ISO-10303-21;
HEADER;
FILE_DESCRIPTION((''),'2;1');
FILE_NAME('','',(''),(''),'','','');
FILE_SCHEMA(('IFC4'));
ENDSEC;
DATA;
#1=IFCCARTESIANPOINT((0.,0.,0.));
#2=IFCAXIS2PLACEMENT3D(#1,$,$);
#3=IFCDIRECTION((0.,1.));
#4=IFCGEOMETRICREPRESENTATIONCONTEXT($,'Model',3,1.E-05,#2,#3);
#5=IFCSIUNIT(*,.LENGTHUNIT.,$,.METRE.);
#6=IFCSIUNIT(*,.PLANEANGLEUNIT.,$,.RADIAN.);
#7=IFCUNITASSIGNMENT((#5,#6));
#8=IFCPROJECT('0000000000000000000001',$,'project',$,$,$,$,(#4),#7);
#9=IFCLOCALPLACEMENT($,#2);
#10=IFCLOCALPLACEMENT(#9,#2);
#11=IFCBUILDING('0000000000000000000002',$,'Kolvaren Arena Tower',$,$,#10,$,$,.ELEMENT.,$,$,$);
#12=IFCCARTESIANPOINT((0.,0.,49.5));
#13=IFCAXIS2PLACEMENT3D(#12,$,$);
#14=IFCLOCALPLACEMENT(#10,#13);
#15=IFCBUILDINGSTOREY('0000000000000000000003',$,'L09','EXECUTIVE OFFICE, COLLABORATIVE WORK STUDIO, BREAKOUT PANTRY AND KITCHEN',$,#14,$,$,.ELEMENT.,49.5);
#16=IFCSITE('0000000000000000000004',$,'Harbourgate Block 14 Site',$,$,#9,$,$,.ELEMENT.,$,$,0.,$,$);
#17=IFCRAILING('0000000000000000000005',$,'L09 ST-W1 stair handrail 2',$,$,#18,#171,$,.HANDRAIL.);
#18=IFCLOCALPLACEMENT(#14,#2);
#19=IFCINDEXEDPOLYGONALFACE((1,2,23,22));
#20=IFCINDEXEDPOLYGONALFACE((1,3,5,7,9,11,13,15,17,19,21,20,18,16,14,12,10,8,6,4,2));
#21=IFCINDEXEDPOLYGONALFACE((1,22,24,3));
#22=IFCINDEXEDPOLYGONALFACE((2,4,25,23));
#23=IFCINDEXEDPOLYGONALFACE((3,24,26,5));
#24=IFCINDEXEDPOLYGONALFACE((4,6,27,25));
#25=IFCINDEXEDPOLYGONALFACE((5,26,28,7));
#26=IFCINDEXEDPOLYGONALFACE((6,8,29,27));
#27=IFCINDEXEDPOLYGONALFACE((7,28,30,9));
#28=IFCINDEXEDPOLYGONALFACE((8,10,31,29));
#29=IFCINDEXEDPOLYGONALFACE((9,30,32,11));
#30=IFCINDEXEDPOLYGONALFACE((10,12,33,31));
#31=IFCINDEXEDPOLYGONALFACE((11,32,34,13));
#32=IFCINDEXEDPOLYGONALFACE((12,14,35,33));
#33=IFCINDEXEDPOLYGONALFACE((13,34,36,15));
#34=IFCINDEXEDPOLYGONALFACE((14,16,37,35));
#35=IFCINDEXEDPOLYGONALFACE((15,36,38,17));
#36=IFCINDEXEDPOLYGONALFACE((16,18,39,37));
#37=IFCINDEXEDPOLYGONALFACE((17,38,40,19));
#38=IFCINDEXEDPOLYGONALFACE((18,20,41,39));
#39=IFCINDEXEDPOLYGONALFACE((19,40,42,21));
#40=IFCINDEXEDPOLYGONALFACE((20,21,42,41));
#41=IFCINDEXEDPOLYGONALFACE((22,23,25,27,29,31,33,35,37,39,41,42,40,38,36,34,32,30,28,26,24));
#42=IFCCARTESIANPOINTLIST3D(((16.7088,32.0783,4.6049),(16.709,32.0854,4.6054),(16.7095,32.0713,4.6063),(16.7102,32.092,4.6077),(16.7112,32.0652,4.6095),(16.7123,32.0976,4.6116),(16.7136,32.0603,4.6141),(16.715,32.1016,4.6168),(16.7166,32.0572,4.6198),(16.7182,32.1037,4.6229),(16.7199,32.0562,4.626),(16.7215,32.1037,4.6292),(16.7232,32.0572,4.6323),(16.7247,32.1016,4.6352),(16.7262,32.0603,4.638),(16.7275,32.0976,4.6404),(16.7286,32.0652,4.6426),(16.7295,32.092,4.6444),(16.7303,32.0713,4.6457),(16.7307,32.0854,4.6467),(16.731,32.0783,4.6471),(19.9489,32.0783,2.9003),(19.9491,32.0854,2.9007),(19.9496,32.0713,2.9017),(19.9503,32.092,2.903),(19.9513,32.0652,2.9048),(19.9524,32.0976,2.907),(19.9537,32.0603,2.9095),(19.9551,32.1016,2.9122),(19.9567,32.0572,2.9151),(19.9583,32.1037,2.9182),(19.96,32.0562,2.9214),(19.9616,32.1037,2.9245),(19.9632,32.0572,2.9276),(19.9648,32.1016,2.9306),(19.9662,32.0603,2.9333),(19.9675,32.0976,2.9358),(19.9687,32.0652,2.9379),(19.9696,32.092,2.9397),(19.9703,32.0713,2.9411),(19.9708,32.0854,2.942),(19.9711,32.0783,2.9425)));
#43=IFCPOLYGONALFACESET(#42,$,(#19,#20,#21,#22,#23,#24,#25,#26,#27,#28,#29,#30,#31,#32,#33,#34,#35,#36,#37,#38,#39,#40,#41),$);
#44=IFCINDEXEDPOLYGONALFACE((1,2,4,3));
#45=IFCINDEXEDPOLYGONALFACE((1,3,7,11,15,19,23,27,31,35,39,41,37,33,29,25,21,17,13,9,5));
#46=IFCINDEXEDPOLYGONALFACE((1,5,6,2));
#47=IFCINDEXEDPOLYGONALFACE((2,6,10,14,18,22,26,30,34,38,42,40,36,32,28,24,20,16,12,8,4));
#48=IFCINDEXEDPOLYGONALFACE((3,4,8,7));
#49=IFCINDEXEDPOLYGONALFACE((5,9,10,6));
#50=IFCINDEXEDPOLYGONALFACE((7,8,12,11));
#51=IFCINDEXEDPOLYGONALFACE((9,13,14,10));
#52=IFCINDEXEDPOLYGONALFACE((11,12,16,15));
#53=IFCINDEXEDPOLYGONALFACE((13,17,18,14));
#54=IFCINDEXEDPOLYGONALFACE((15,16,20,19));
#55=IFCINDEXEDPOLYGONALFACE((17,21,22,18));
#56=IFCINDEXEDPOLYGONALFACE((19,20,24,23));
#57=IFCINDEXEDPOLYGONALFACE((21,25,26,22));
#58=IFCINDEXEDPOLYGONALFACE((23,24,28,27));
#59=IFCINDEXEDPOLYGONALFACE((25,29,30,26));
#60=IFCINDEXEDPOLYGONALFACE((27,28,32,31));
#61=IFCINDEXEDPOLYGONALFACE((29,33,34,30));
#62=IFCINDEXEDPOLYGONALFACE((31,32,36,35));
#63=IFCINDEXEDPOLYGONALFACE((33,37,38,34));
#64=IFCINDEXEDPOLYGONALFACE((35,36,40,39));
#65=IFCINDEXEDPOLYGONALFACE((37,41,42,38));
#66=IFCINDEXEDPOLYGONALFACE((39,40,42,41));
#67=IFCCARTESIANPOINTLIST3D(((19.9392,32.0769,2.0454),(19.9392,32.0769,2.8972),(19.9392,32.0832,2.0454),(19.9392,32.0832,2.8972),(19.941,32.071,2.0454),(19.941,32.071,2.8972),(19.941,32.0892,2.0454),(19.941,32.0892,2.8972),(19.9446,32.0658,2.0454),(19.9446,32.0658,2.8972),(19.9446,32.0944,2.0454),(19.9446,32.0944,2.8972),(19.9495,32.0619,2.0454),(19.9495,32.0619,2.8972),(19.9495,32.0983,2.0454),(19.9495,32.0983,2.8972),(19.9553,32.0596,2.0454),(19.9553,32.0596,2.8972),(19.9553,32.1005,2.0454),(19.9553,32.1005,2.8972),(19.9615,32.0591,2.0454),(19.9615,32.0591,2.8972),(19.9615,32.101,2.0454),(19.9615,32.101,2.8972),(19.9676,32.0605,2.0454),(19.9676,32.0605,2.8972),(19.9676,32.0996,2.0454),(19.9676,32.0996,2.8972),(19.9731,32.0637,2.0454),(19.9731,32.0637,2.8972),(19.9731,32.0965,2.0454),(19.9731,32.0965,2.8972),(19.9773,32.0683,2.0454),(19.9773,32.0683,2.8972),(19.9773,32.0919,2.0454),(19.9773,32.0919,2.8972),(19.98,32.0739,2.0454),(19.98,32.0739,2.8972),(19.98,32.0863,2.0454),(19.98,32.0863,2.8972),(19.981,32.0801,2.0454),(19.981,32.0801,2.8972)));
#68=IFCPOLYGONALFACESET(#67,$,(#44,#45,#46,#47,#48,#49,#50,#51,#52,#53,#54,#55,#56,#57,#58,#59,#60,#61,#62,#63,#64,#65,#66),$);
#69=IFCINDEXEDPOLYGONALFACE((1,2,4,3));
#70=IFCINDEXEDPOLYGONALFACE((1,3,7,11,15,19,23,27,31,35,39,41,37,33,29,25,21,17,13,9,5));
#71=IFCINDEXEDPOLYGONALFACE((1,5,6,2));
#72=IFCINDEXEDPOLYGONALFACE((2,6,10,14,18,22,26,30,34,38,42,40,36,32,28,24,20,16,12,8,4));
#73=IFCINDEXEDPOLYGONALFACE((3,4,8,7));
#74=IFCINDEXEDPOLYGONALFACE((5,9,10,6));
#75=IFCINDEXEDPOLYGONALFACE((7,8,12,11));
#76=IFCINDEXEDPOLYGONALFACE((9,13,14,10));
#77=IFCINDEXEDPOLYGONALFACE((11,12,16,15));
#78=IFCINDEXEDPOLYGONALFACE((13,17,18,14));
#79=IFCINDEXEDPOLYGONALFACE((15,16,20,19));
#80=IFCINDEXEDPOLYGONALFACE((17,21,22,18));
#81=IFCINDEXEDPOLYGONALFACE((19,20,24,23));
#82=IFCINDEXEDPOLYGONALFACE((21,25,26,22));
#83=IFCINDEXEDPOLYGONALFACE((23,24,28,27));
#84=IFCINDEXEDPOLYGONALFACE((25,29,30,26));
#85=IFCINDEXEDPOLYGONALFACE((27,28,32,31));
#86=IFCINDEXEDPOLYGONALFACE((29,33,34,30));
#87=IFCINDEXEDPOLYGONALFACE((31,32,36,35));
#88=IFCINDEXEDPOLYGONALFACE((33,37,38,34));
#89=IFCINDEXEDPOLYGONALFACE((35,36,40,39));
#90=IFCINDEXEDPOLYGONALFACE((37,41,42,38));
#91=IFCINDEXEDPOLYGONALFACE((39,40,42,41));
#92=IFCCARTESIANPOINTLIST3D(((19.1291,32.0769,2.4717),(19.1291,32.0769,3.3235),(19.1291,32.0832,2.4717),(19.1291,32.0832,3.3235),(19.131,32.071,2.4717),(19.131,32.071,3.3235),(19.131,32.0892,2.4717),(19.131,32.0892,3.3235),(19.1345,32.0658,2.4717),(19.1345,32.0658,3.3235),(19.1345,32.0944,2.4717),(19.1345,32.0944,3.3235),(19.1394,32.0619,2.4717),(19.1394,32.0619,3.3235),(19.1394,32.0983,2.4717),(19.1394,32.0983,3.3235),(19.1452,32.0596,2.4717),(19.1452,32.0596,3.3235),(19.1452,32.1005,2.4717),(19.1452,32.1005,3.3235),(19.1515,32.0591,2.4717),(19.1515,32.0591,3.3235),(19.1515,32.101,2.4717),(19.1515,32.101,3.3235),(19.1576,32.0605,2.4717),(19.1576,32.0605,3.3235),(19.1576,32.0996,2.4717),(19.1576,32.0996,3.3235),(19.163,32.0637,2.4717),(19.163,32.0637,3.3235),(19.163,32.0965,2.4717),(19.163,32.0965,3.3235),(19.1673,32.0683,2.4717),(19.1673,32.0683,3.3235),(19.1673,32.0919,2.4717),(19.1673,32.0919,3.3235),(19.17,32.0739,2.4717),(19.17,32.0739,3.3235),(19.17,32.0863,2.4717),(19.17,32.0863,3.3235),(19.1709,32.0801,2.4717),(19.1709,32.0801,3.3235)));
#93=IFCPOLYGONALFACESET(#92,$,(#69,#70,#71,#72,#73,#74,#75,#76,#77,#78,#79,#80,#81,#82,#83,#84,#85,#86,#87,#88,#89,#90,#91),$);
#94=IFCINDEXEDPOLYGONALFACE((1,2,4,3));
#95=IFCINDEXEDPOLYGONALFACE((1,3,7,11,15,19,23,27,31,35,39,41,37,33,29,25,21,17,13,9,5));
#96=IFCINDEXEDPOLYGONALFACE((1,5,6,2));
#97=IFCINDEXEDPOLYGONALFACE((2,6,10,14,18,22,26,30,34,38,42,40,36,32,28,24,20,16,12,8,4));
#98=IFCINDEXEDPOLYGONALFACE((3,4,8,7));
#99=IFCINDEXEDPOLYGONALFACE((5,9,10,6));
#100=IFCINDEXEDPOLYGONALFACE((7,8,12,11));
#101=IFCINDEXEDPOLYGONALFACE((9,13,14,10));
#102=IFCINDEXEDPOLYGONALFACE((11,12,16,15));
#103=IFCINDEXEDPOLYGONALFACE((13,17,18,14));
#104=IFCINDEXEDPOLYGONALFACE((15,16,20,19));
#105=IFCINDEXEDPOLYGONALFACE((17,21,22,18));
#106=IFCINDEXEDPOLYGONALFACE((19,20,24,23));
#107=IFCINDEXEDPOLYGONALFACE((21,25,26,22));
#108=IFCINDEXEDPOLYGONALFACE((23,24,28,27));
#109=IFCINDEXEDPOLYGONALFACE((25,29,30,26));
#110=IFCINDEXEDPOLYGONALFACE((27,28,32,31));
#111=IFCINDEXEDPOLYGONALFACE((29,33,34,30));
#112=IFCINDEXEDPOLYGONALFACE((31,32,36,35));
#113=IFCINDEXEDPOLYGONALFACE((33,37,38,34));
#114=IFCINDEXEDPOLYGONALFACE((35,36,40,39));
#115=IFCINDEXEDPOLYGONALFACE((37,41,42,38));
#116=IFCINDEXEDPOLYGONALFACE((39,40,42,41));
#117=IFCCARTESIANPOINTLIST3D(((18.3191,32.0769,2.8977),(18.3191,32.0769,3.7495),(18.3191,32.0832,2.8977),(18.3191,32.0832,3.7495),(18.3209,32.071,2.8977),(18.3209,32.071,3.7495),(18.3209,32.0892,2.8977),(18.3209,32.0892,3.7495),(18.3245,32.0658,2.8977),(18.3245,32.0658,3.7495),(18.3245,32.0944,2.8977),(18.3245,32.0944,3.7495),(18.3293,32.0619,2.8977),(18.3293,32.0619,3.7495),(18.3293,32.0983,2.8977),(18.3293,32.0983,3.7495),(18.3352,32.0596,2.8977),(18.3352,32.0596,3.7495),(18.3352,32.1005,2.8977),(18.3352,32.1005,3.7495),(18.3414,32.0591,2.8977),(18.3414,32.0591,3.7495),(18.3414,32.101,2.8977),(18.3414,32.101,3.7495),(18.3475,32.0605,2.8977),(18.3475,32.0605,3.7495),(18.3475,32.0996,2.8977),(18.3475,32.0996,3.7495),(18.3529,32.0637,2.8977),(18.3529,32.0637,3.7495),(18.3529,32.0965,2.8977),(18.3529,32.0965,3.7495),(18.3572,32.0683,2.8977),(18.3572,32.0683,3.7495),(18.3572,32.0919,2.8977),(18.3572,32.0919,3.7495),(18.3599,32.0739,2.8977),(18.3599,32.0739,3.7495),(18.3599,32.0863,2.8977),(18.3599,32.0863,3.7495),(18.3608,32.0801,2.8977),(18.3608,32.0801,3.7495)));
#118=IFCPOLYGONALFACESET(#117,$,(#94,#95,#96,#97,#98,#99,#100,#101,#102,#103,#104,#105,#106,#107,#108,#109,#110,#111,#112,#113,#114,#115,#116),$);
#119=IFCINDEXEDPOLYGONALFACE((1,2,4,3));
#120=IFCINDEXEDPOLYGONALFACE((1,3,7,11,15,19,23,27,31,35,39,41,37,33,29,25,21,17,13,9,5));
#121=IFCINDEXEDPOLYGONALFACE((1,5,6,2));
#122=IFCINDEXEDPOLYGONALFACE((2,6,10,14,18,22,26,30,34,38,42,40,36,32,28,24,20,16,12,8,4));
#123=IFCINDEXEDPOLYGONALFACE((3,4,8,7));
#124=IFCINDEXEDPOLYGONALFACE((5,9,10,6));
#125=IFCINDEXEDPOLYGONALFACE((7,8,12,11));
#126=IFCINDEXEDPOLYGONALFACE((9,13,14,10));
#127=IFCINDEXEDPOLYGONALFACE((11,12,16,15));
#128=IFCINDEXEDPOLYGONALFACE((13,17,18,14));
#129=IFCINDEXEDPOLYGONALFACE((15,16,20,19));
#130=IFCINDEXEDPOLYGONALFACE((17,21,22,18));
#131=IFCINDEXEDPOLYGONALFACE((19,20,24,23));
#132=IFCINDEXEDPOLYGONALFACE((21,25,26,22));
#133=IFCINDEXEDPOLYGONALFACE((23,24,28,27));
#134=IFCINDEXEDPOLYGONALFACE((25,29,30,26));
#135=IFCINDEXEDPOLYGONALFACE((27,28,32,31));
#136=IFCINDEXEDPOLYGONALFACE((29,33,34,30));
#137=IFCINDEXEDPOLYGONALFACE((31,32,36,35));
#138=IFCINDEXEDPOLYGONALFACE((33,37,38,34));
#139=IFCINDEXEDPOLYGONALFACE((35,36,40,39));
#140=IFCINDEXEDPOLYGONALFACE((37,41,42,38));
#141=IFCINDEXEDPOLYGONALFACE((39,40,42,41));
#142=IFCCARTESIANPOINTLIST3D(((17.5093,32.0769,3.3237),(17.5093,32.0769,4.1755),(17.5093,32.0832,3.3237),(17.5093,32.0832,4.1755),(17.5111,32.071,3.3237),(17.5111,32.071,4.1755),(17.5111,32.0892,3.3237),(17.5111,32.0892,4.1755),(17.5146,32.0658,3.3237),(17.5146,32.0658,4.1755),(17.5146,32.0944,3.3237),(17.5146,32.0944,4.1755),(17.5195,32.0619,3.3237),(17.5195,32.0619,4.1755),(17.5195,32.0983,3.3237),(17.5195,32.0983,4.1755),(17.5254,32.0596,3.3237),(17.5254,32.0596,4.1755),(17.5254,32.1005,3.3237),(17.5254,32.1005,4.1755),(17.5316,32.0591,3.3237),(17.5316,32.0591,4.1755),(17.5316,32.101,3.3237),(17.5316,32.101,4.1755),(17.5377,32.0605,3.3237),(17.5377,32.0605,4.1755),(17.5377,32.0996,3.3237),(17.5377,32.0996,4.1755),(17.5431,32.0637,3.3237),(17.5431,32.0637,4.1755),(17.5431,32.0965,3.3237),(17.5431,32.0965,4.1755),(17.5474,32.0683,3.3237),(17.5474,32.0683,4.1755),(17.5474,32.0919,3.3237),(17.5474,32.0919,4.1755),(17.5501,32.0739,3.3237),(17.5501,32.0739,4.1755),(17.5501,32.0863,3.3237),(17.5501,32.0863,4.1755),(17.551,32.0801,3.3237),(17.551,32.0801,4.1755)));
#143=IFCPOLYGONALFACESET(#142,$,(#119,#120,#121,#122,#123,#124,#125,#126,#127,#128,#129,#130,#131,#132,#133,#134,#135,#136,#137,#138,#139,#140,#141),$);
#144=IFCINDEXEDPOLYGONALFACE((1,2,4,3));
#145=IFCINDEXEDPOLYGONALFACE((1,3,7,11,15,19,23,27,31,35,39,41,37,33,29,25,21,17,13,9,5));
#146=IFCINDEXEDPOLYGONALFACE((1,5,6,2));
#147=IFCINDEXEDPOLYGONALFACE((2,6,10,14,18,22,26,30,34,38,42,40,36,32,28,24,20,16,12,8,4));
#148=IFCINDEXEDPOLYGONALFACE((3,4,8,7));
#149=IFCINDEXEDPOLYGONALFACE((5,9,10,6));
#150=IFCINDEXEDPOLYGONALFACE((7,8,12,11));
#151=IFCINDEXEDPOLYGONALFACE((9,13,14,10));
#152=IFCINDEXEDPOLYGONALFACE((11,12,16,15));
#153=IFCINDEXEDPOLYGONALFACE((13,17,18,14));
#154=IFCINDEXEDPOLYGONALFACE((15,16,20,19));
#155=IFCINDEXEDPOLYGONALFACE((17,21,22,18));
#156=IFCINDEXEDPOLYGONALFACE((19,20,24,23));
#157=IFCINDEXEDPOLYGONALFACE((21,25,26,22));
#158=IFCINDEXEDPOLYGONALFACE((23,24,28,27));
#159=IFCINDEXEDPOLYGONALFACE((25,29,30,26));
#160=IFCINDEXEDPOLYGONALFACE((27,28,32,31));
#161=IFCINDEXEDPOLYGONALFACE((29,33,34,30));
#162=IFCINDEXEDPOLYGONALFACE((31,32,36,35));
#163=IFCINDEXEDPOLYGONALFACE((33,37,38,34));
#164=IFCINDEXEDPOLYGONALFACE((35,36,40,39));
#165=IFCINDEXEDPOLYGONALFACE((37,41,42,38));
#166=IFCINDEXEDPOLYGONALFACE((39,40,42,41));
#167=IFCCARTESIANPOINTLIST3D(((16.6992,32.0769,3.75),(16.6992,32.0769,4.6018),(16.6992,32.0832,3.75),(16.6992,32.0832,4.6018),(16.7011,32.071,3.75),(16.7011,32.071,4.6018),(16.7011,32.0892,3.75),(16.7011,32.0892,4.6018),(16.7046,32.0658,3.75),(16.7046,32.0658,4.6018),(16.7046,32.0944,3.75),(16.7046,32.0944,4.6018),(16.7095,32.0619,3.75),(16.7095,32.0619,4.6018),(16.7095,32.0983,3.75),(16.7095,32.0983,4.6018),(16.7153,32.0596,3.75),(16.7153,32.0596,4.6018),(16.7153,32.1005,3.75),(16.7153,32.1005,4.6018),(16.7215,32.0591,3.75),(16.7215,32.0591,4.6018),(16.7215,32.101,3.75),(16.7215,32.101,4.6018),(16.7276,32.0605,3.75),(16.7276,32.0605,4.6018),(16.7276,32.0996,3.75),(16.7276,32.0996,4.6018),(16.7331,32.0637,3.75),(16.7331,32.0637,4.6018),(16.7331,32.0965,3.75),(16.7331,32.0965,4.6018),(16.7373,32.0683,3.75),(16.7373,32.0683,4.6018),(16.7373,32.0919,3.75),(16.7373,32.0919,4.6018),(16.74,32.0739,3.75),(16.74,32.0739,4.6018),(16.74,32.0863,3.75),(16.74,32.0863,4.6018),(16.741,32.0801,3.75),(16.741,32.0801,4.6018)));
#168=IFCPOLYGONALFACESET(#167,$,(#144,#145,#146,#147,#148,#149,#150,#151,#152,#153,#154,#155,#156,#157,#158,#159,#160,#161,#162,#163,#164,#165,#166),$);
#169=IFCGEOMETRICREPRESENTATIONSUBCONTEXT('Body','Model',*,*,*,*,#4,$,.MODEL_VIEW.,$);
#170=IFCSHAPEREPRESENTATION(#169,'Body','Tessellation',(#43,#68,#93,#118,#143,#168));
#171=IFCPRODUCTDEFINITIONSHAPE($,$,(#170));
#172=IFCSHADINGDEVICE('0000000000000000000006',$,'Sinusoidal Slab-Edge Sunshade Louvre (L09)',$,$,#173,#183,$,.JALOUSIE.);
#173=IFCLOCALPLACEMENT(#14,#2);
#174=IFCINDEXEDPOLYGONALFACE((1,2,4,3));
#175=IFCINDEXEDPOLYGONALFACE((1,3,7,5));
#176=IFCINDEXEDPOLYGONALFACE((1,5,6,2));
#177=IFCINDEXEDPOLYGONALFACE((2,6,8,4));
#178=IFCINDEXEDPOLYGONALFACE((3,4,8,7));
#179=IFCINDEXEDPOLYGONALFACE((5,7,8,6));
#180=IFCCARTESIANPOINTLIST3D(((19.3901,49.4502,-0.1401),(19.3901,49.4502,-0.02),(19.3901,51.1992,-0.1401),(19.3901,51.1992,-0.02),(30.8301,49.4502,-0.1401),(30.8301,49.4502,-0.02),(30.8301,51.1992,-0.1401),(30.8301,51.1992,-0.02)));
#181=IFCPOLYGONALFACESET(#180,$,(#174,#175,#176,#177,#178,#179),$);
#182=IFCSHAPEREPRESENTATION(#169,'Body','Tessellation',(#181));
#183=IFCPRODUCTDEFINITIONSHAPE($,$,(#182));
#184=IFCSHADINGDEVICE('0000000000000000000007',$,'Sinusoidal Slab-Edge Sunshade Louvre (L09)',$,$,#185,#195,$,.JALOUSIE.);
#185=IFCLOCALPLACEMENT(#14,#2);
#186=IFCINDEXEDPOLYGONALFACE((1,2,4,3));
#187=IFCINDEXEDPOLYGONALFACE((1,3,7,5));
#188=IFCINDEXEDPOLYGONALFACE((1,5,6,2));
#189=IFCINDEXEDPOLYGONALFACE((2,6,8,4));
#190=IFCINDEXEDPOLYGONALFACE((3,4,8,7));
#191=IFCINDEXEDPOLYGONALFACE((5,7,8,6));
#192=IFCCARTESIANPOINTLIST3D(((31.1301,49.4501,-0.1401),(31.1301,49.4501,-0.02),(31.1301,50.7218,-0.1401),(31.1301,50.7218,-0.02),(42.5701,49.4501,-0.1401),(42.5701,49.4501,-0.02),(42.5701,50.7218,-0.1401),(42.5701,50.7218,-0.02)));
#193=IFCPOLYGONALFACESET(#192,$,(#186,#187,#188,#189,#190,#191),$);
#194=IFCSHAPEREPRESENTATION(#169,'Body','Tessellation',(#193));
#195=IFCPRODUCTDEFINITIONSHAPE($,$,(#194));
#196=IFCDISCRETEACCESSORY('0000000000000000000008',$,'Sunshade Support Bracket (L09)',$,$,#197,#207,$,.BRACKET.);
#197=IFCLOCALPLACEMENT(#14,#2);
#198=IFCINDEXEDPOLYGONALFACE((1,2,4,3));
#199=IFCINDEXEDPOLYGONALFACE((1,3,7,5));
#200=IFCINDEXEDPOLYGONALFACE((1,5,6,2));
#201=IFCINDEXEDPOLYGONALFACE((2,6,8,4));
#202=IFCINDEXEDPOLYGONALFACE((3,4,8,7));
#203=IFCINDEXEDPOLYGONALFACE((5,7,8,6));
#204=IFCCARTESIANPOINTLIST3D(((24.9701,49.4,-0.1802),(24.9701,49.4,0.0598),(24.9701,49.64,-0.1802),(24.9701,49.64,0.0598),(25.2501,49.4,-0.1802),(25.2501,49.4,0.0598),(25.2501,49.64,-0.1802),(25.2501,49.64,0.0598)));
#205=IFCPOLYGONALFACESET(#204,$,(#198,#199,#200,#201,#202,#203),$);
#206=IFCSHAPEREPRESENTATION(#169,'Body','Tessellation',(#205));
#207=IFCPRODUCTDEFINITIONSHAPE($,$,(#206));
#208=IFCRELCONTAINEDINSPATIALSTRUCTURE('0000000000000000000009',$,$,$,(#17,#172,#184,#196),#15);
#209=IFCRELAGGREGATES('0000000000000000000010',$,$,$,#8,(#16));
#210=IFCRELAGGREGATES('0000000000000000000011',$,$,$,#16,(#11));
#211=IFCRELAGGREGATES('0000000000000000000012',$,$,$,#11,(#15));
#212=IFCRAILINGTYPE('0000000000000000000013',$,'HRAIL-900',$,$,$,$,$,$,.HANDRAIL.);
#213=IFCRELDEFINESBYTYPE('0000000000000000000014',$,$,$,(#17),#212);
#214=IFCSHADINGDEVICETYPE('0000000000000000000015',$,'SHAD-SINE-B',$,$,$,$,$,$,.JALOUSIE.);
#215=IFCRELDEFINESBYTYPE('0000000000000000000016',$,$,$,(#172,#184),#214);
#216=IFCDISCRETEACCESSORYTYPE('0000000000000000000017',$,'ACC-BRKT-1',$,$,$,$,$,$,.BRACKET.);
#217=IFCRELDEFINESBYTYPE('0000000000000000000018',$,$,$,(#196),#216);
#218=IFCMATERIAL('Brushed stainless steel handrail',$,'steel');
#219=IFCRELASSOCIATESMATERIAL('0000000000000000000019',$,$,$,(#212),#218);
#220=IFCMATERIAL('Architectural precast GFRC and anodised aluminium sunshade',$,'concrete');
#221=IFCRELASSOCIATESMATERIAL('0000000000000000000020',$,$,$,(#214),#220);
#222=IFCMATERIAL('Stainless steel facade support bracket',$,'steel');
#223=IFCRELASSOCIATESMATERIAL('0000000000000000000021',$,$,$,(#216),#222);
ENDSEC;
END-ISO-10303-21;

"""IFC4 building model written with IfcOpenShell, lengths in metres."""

from ifc_helpers import new_model, si_unit, direction, frame, origin, origin_2d, place, context, subcontext, project, spatial, rectangle, circle, extrude, material, type_object, element, save


model = new_model("IFC4")

# Units and contexts
model_context = context("Model", 3, precision=1e-05, world=origin(), true_north=direction((0.0, 1.0)))
body_context = subcontext(model_context, "Body", "Model", "MODEL_VIEW")
ifc_project = project(units=[si_unit("LENGTHUNIT", "METRE"), si_unit("PLANEANGLEUNIT", "RADIAN")], contexts=[model_context])

# Site, building, storey
site_placement = place(None, origin())
site = spatial("IfcSite", under=ifc_project, at=site_placement, Name="Harbourgate Block 14 Site", CompositionType="ELEMENT", RefElevation=0.0)
building_placement = place(site_placement, origin())
building = spatial("IfcBuilding", under=site, at=building_placement, Name="Kolvaren Arena Tower", CompositionType="ELEMENT")
storey_placement = place(building_placement, frame((0.0, 0.0, 49.5)))
storey = spatial("IfcBuildingStorey", under=building, at=storey_placement, Name="L09", Description="EXECUTIVE OFFICE, COLLABORATIVE WORK STUDIO, BREAKOUT PANTRY AND KITCHEN", CompositionType="ELEMENT", Elevation=49.5)

# Railing
ifc_material_1 = material(Name="Brushed stainless steel handrail", Category="steel")
railing_type = type_object("IfcRailingType", Name="HRAIL-900", PredefinedType="HANDRAIL", material=ifc_material_1)
railing_placement = place(storey_placement, frame((19.96, 32.0801, 2.0454)))
element("IfcRailing", 1, at=railing_placement, inside=storey, type_object=railing_type, Name="L09 ST-W1 stair handrail 2", PredefinedType="HANDRAIL", context=body_context, shape_type="SweptSolid", body=[
    extrude(circle(Radius=0.0239, at=origin_2d()), frame((0.0, 0.0, 0.876), z_axis=(-0.884993, 0.0, 0.465604), x_axis=(0.0, -1.0, 0.0)), (0.0, 0.0, 1.0), 3.6611),
    extrude(circle(Radius=0.021, at=origin_2d()), origin(), (0.0, 0.0, 1.0), 0.8518),
    extrude(circle(Radius=0.021, at=origin_2d()), frame((-0.8101, 0.0, 0.4263)), (0.0, 0.0, 1.0), 0.8518),
    extrude(circle(Radius=0.021, at=origin_2d()), frame((-1.6201, 0.0, 0.8523)), (0.0, 0.0, 1.0), 0.8518),
    extrude(circle(Radius=0.021, at=origin_2d()), frame((-2.4299, 0.0, 1.2783)), (0.0, 0.0, 1.0), 0.8518),
    extrude(circle(Radius=0.021, at=origin_2d()), frame((-3.24, 0.0, 1.7046)), (0.0, 0.0, 1.0), 0.8518),
])

# Shading devices
ifc_material_2 = material(Name="Architectural precast GFRC and anodised aluminium sunshade", Category="concrete")
shading_device_type = type_object("IfcShadingDeviceType", Name="SHAD-SINE-B", PredefinedType="JALOUSIE", material=ifc_material_2)
shading_device_1_placement = place(storey_placement, frame((25.1101, 50.3247, -0.1401), z_axis=(0.0, 0.0, 1.0), x_axis=(1.0, 0.0, 0.0)))
element("IfcShadingDevice", 2, at=shading_device_1_placement, inside=storey, type_object=shading_device_type, Name="Sinusoidal Slab-Edge Sunshade Louvre (L09)", PredefinedType="JALOUSIE", context=body_context, shape_type="SweptSolid", body=[
    extrude(rectangle(XDim=11.4399, YDim=1.749, at=origin_2d()), origin(), (0.0, 0.0, 1.0), 0.1201),
])
shading_device_2_placement = place(storey_placement, frame((36.8501, 50.0859, -0.1401), z_axis=(0.0, 0.0, 1.0), x_axis=(1.0, 0.0, 0.0)))
element("IfcShadingDevice", 3, at=shading_device_2_placement, inside=storey, type_object=shading_device_type, Name="Sinusoidal Slab-Edge Sunshade Louvre (L09)", PredefinedType="JALOUSIE", context=body_context, shape_type="SweptSolid", body=[
    extrude(rectangle(XDim=11.4399, YDim=1.2717, at=origin_2d()), origin(), (0.0, 0.0, 1.0), 0.1201),
])

# Discrete accessory
ifc_material_3 = material(Name="Stainless steel facade support bracket", Category="steel")
discrete_accessory_type = type_object("IfcDiscreteAccessoryType", Name="ACC-BRKT-1", PredefinedType="BRACKET", material=ifc_material_3)
discrete_accessory_placement = place(storey_placement, frame((25.1101, 49.52, -0.1802), z_axis=(0.0, 0.0, 1.0), x_axis=(1.0, 0.0, 0.0)))
element("IfcDiscreteAccessory", 4, at=discrete_accessory_placement, inside=storey, type_object=discrete_accessory_type, Name="Sunshade Support Bracket (L09)", PredefinedType="BRACKET", context=body_context, shape_type="SweptSolid", body=[
    extrude(rectangle(XDim=0.28, YDim=0.24, at=origin_2d()), origin(), (0.0, 0.0, 1.0), 0.24),
])

save(model, "model.ifc")
